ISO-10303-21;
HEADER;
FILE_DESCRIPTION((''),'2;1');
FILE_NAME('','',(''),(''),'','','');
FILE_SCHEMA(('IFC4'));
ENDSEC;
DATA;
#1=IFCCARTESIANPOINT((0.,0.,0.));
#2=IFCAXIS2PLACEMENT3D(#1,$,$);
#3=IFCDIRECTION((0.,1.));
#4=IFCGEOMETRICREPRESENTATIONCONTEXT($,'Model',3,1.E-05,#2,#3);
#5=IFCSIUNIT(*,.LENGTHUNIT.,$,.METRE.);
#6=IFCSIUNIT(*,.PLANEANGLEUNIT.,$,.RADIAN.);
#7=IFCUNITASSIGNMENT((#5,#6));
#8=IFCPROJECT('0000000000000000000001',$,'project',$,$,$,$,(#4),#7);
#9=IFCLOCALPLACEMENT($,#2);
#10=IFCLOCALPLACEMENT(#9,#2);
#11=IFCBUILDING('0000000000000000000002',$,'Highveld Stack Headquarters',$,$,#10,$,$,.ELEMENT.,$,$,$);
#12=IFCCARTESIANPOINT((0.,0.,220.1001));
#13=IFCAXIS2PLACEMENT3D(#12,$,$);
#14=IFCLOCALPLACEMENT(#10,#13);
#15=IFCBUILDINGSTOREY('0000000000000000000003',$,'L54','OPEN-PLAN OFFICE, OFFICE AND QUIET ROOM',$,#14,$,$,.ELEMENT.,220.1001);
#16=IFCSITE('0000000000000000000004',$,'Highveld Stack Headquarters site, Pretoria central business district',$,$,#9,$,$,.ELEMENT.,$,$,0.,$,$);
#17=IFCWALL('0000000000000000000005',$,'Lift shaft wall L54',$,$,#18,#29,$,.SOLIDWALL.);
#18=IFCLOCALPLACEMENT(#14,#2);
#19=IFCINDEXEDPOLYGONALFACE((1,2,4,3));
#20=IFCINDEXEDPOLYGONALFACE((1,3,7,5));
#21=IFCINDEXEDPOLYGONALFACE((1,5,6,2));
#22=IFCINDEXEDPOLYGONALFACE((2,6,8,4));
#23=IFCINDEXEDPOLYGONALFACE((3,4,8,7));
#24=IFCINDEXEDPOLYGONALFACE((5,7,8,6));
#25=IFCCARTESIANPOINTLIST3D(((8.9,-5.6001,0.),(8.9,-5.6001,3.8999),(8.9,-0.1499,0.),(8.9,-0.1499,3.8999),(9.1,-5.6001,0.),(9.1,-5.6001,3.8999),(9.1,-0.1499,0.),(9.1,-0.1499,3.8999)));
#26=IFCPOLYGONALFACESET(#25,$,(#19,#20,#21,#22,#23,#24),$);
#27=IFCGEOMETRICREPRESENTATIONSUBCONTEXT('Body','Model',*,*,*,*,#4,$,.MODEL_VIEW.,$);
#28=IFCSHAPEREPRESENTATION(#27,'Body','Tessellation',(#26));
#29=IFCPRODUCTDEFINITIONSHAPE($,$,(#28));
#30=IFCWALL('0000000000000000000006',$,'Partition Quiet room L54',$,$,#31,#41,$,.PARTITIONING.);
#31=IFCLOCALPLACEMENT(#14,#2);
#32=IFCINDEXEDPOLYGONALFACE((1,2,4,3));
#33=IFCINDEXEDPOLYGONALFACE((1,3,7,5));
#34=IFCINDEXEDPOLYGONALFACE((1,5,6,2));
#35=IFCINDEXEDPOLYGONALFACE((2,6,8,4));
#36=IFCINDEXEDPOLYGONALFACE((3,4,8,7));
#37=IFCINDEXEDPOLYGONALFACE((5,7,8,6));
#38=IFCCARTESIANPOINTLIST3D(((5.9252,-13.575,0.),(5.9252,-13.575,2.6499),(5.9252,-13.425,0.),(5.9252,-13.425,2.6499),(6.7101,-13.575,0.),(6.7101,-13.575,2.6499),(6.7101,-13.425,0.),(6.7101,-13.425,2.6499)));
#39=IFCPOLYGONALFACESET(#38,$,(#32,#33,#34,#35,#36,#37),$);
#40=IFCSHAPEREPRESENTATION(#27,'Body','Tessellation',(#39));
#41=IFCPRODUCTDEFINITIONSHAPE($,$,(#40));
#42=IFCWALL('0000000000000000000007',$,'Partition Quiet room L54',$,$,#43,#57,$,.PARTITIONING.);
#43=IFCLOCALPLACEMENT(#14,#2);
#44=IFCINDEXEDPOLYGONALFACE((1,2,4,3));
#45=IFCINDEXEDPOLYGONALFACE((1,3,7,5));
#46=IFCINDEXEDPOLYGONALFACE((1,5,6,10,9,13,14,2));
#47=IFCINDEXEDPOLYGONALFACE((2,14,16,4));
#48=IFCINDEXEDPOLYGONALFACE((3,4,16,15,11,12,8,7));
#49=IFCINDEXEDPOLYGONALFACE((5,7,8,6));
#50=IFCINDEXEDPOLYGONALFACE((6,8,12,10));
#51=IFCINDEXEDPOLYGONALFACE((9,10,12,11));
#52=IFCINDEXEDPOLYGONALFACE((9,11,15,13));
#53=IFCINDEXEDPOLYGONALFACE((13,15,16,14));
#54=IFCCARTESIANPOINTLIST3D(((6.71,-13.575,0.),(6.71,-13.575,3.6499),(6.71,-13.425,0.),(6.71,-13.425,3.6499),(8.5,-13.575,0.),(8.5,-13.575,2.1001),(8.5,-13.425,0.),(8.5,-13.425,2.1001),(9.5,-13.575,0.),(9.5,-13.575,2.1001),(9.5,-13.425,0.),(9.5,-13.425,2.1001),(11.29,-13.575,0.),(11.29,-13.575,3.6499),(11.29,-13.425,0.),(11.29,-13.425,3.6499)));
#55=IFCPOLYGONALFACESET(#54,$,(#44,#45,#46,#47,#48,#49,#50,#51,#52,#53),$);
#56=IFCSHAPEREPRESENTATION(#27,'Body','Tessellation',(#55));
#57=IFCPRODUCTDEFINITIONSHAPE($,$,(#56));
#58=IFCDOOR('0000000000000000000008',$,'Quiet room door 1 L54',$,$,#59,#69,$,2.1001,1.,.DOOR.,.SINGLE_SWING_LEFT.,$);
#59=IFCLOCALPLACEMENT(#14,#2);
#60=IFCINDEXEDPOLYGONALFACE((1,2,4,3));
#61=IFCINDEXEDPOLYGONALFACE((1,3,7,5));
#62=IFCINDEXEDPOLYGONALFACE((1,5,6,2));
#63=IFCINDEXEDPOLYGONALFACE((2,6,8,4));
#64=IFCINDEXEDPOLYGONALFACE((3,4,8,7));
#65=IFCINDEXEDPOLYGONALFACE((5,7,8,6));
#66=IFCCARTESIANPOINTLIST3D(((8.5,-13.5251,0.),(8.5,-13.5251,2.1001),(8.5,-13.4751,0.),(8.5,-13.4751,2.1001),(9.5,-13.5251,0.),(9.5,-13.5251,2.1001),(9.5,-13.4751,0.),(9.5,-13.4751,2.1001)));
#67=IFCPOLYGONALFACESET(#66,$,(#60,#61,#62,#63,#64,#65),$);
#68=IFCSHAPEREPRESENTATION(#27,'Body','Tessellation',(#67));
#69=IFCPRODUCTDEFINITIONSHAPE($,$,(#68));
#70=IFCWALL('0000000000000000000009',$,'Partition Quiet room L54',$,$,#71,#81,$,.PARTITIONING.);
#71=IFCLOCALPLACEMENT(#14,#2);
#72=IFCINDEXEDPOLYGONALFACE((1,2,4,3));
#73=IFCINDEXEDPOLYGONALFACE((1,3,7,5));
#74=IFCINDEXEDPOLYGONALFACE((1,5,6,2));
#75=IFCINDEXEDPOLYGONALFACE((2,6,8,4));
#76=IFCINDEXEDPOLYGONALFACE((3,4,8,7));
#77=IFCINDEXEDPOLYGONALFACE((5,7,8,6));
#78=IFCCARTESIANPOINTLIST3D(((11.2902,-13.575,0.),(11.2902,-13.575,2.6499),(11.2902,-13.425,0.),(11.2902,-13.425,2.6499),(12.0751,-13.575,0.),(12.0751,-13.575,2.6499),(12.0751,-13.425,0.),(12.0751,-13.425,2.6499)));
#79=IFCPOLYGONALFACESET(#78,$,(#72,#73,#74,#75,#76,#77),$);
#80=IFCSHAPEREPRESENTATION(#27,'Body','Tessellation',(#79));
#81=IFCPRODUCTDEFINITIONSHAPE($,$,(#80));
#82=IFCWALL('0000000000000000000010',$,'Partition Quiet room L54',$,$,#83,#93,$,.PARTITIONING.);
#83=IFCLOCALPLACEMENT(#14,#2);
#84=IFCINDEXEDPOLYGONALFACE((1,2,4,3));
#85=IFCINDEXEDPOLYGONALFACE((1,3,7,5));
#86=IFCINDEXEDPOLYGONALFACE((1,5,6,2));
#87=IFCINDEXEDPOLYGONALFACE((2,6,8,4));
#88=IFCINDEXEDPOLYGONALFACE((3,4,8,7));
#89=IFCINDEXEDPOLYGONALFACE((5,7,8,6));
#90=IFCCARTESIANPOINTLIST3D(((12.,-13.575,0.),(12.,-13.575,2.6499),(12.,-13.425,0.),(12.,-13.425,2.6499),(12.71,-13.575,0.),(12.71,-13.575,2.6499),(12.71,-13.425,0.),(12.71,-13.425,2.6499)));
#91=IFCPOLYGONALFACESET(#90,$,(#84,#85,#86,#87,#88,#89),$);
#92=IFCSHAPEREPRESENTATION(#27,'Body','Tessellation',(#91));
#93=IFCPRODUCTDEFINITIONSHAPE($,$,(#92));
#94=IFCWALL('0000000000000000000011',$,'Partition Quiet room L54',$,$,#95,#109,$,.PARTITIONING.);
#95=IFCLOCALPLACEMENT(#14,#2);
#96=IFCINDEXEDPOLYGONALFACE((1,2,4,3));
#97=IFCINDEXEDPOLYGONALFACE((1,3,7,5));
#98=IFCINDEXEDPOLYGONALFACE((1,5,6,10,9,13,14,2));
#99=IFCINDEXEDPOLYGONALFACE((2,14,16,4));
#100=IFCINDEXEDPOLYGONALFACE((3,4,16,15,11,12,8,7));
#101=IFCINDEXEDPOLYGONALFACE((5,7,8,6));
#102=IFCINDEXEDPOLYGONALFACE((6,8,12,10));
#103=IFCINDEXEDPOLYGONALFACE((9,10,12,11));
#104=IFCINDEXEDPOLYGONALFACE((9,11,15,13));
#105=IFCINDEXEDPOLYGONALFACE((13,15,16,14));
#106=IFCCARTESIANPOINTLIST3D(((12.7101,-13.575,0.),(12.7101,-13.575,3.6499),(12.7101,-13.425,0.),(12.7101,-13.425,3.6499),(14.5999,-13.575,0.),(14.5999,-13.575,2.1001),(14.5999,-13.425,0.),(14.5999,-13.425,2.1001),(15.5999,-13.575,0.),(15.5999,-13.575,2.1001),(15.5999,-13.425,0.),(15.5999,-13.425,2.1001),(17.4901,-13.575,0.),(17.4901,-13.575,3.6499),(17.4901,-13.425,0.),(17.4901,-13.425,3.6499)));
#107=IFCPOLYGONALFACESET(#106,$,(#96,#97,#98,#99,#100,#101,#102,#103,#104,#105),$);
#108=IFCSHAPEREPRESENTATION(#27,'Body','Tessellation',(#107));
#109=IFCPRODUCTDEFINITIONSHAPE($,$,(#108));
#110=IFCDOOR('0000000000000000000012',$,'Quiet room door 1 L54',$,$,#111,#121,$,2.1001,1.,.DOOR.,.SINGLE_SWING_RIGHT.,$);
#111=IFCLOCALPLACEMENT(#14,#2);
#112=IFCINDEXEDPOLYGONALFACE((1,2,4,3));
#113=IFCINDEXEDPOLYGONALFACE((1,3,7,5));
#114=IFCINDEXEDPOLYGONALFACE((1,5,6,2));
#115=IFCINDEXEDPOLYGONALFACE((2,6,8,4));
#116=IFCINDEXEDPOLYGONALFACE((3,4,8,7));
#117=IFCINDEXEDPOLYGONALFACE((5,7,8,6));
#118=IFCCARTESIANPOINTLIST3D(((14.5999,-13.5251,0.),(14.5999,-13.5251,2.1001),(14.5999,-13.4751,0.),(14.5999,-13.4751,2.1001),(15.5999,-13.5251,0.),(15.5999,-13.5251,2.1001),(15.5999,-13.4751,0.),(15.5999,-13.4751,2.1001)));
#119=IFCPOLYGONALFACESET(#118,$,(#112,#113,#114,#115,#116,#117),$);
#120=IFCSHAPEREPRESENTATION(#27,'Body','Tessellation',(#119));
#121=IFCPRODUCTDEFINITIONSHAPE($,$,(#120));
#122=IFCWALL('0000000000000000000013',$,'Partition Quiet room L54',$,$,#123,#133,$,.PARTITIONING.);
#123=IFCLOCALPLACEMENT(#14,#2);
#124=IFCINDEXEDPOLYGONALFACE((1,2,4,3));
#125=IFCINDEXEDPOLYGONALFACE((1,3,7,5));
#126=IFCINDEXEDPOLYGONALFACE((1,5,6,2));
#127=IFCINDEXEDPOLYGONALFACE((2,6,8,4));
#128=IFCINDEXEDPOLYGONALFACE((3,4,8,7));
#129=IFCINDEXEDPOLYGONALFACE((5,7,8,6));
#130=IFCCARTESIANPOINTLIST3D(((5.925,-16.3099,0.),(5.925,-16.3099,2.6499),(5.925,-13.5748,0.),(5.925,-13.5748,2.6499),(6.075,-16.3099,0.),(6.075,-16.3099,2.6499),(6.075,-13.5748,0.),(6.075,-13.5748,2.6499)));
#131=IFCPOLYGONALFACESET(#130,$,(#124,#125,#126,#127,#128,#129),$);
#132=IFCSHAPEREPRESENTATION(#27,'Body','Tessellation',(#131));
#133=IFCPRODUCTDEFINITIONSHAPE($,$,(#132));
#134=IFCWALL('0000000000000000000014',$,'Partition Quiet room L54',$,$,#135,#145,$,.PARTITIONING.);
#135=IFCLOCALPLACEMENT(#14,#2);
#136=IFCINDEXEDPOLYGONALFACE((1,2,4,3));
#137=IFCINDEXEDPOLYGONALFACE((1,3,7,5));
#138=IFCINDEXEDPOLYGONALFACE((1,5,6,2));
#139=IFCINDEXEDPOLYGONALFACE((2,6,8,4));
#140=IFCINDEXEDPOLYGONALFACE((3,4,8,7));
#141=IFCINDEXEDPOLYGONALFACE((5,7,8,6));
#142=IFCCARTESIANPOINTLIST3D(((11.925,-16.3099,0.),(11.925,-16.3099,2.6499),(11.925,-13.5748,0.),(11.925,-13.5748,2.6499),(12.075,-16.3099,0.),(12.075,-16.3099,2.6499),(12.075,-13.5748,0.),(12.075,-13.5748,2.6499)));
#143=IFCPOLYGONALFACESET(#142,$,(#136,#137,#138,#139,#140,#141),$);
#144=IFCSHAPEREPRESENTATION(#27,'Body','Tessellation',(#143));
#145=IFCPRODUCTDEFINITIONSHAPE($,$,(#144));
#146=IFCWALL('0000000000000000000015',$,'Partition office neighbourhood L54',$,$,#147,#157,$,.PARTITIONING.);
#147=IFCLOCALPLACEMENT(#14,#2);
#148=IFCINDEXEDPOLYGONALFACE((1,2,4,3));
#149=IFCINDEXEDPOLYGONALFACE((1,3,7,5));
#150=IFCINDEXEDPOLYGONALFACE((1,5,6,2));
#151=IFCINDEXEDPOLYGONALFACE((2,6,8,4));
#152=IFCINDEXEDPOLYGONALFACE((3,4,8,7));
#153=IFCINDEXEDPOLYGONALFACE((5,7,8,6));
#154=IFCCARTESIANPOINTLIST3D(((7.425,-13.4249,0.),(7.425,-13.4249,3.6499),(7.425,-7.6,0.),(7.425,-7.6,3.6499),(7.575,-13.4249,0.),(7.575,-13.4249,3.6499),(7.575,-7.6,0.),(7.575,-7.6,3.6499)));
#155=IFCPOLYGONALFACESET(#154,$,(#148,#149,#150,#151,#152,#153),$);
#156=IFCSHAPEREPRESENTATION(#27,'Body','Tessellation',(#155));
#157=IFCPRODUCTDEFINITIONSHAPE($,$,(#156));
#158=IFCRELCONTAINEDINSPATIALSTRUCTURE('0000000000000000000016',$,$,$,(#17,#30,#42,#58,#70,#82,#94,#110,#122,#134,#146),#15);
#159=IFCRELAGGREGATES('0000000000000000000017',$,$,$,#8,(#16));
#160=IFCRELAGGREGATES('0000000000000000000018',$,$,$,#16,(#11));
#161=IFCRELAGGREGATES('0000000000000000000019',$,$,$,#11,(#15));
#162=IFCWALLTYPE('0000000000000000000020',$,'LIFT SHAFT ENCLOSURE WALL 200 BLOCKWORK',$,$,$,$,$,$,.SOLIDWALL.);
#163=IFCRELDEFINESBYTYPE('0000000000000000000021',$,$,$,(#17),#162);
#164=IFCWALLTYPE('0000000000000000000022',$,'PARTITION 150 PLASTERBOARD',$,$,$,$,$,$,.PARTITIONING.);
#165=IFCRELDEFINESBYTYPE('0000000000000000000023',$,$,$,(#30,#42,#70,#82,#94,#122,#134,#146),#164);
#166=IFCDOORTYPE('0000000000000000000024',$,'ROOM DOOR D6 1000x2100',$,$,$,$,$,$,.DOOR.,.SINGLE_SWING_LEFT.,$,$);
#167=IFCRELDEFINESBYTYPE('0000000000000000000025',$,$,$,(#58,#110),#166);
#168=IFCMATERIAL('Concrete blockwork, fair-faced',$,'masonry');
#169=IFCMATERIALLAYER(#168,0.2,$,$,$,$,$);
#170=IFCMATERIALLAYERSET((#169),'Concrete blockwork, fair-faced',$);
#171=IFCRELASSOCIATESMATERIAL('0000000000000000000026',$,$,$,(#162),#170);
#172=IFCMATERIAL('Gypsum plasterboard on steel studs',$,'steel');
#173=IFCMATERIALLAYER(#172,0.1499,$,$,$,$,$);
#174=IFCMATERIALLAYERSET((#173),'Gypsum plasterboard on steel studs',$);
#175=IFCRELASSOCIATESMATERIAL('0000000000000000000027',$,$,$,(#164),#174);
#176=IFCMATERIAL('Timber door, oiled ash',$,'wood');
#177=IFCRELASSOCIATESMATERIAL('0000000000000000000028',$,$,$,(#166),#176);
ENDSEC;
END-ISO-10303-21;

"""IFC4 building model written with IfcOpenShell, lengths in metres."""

from ifc_helpers import new_model, si_unit, direction, frame, frame_2d, origin, place, context, subcontext, project, spatial, rectangle, extrude, material, layer, layer_set, type_object, element, fill, save


model = new_model("IFC4")

# Units and contexts
model_context = context("Model", 3, precision=1e-05, world=origin(), true_north=direction((0.0, 1.0)))
body_context = subcontext(model_context, "Body", "Model", "MODEL_VIEW")
ifc_project = project(units=[si_unit("LENGTHUNIT", "METRE"), si_unit("PLANEANGLEUNIT", "RADIAN")], contexts=[model_context])

# Site, building, storey
site_placement = place(None, origin())
site = spatial("IfcSite", under=ifc_project, at=site_placement, Name="Highveld Stack Headquarters site, Pretoria central business district", CompositionType="ELEMENT", RefElevation=0.0)
building_placement = place(site_placement, origin())
building = spatial("IfcBuilding", under=site, at=building_placement, Name="Highveld Stack Headquarters", CompositionType="ELEMENT")
storey_placement = place(building_placement, frame((0.0, 0.0, 220.1001)))
storey = spatial("IfcBuildingStorey", under=building, at=storey_placement, Name="L54", Description="OPEN-PLAN OFFICE, OFFICE AND QUIET ROOM", CompositionType="ELEMENT", Elevation=220.1001)

# Walls
ifc_material_1 = material(Name="Concrete blockwork, fair-faced", Category="masonry")
ifc_layer_1 = layer(ifc_material_1, 0.2)
ifc_layer_set_1 = layer_set([ifc_layer_1], Name="Concrete blockwork, fair-faced")
wall_type_1 = type_object("IfcWallType", Name="LIFT SHAFT ENCLOSURE WALL 200 BLOCKWORK", PredefinedType="SOLIDWALL", material=ifc_layer_set_1)
for number, where, z_axis, x_axis, name in (
    (1, (9.0, -5.6001, 0.0), (0.0, 0.0, 1.0), (0.0, 1.0, 0.0), "Lift shaft wall L54"),
):
    element("IfcWall", number, at=place(storey_placement, frame(where, z_axis=z_axis, x_axis=x_axis)), inside=storey, type_object=wall_type_1, Name=name, PredefinedType="SOLIDWALL", context=body_context, shape_type="SweptSolid", body=[
        extrude(rectangle(XDim=5.4502, YDim=0.2, at=frame_2d((2.7251, 0.0))), origin(), (0.0, 0.0, 1.0), 3.8999),
    ])
ifc_material_2 = material(Name="Gypsum plasterboard on steel studs", Category="steel")
ifc_layer_2 = layer(ifc_material_2, 0.1499)
ifc_layer_set_2 = layer_set([ifc_layer_2], Name="Gypsum plasterboard on steel studs")
wall_type_2 = type_object("IfcWallType", Name="PARTITION 150 PLASTERBOARD", PredefinedType="PARTITIONING", material=ifc_layer_set_2)
wall_1_placement = place(storey_placement, frame((5.925, -13.5, 0.0), z_axis=(0.0, 0.0, 1.0), x_axis=(1.0, 0.0, 0.0)))
element("IfcWall", 2, at=wall_1_placement, inside=storey, type_object=wall_type_2, Name="Partition Quiet room L54", PredefinedType="PARTITIONING", context=body_context, shape_type="SweptSolid", body=[
    extrude(rectangle(XDim=0.7849, YDim=0.1499, at=frame_2d((0.3926, 0.0))), origin(), (0.0, 0.0, 1.0), 2.6499),
])

# Wall, opening, door
wall_2_placement = place(storey_placement, frame((6.71, -13.5, 0.0), z_axis=(0.0, 0.0, 1.0), x_axis=(1.0, 0.0, 0.0)))
wall_2 = element("IfcWall", 3, at=wall_2_placement, inside=storey, type_object=wall_type_2, Name="Partition Quiet room L54", PredefinedType="PARTITIONING", context=body_context, shape_type="SweptSolid", body=[
    extrude(rectangle(XDim=4.5801, YDim=0.1499, at=frame_2d((2.29, 0.0))), origin(), (0.0, 0.0, 1.0), 3.6499),
])
opening_1_placement = place(wall_2_placement, frame((1.79, 0.0, 0.0)))
opening_1 = element("IfcOpeningElement", 4, at=opening_1_placement, cuts=wall_2, PredefinedType="OPENING", context=body_context, shape_type="SweptSolid", body=[
    extrude(rectangle(XDim=1.0, YDim=2.1001, at=frame_2d((0.5, 1.05))), frame((0.0, 0.085, 0.0), z_axis=(0.0, -1.0, 0.0), x_axis=(1.0, 0.0, 0.0)), (0.0, 0.0, 1.0), 0.1699),
])
ifc_material_3 = material(Name="Timber door, oiled ash", Category="wood")
door_type_1 = type_object("IfcDoorType", Name="ROOM DOOR D6 1000x2100", OperationType="SINGLE_SWING_LEFT", PredefinedType="DOOR", material=ifc_material_3)
door_1_placement = place(opening_1_placement, origin())
door_1 = element("IfcDoor", 5, at=door_1_placement, inside=storey, type_object=door_type_1, Name="Quiet room door 1 L54", OperationType="SINGLE_SWING_LEFT", OverallHeight=2.1001, OverallWidth=1.0, PredefinedType="DOOR", context=body_context, shape_type="SweptSolid", body=[
    extrude(rectangle(XDim=1.0, YDim=2.1001, at=frame_2d((0.5, 1.05))), frame((0.0, 0.0249, 0.0), z_axis=(0.0, -1.0, 0.0), x_axis=(1.0, 0.0, 0.0)), (0.0, 0.0, 1.0), 0.05),
])
fill(opening_1, door_1)

# Walls
wall_3_placement = place(storey_placement, frame((11.29, -13.5, 0.0), z_axis=(0.0, 0.0, 1.0), x_axis=(1.0, 0.0, 0.0)))
element("IfcWall", 6, at=wall_3_placement, inside=storey, type_object=wall_type_2, Name="Partition Quiet room L54", PredefinedType="PARTITIONING", context=body_context, shape_type="SweptSolid", body=[
    extrude(rectangle(XDim=0.7849, YDim=0.1499, at=frame_2d((0.3926, 0.0))), origin(), (0.0, 0.0, 1.0), 2.6499),
])
wall_4_placement = place(storey_placement, frame((12.0, -13.5, 0.0), z_axis=(0.0, 0.0, 1.0), x_axis=(1.0, 0.0, 0.0)))
element("IfcWall", 7, at=wall_4_placement, inside=storey, type_object=wall_type_2, Name="Partition Quiet room L54", PredefinedType="PARTITIONING", context=body_context, shape_type="SweptSolid", body=[
    extrude(rectangle(XDim=0.71, YDim=0.1499, at=frame_2d((0.355, 0.0))), origin(), (0.0, 0.0, 1.0), 2.6499),
])

# Wall, opening, door
wall_5_placement = place(storey_placement, frame((12.71, -13.5, 0.0), z_axis=(0.0, 0.0, 1.0), x_axis=(1.0, 0.0, 0.0)))
wall_5 = element("IfcWall", 8, at=wall_5_placement, inside=storey, type_object=wall_type_2, Name="Partition Quiet room L54", PredefinedType="PARTITIONING", context=body_context, shape_type="SweptSolid", body=[
    extrude(rectangle(XDim=4.78, YDim=0.1499, at=frame_2d((2.3901, 0.0))), origin(), (0.0, 0.0, 1.0), 3.6499),
])
opening_2_placement = place(wall_5_placement, frame((1.8899, 0.0, 0.0)))
opening_2 = element("IfcOpeningElement", 9, at=opening_2_placement, cuts=wall_5, PredefinedType="OPENING", context=body_context, shape_type="SweptSolid", body=[
    extrude(rectangle(XDim=1.0, YDim=2.1001, at=frame_2d((0.5, 1.05))), frame((0.0, 0.085, 0.0), z_axis=(0.0, -1.0, 0.0), x_axis=(1.0, 0.0, 0.0)), (0.0, 0.0, 1.0), 0.1699),
])
door_2_placement = place(opening_2_placement, origin())
door_2 = element("IfcDoor", 10, at=door_2_placement, inside=storey, type_object=door_type_1, Name="Quiet room door 1 L54", OperationType="SINGLE_SWING_RIGHT", OverallHeight=2.1001, OverallWidth=1.0, PredefinedType="DOOR", context=body_context, shape_type="SweptSolid", body=[
    extrude(rectangle(XDim=1.0, YDim=2.1001, at=frame_2d((0.5, 1.05))), frame((0.0, 0.0249, 0.0), z_axis=(0.0, -1.0, 0.0), x_axis=(1.0, 0.0, 0.0)), (0.0, 0.0, 1.0), 0.05),
])
fill(opening_2, door_2)

# Walls
for number, where, z_axis, x_axis, name in (
    (11, (6.0, -16.3101, 0.0), (0.0, 0.0, 1.0), (0.0, 1.0, 0.0), "Partition Quiet room L54"),
    (12, (12.0, -16.3101, 0.0), (0.0, 0.0, 1.0), (0.0, 1.0, 0.0), "Partition Quiet room L54"),
):
    element("IfcWall", number, at=place(storey_placement, frame(where, z_axis=z_axis, x_axis=x_axis)), inside=storey, type_object=wall_type_2, Name=name, PredefinedType="PARTITIONING", context=body_context, shape_type="SweptSolid", body=[
        extrude(rectangle(XDim=2.7351, YDim=0.1499, at=frame_2d((1.3677, 0.0))), origin(), (0.0, 0.0, 1.0), 2.6499),
    ])
wall_6_placement = place(storey_placement, frame((7.5, -13.425, 0.0), z_axis=(0.0, 0.0, 1.0), x_axis=(0.0, 1.0, 0.0)))
element("IfcWall", 13, at=wall_6_placement, inside=storey, type_object=wall_type_2, Name="Partition office neighbourhood L54", PredefinedType="PARTITIONING", context=body_context, shape_type="SweptSolid", body=[
    extrude(rectangle(XDim=5.825, YDim=0.1499, at=frame_2d((2.9126, 0.0))), origin(), (0.0, 0.0, 1.0), 3.6499),
])

save(model, "model.ifc")
